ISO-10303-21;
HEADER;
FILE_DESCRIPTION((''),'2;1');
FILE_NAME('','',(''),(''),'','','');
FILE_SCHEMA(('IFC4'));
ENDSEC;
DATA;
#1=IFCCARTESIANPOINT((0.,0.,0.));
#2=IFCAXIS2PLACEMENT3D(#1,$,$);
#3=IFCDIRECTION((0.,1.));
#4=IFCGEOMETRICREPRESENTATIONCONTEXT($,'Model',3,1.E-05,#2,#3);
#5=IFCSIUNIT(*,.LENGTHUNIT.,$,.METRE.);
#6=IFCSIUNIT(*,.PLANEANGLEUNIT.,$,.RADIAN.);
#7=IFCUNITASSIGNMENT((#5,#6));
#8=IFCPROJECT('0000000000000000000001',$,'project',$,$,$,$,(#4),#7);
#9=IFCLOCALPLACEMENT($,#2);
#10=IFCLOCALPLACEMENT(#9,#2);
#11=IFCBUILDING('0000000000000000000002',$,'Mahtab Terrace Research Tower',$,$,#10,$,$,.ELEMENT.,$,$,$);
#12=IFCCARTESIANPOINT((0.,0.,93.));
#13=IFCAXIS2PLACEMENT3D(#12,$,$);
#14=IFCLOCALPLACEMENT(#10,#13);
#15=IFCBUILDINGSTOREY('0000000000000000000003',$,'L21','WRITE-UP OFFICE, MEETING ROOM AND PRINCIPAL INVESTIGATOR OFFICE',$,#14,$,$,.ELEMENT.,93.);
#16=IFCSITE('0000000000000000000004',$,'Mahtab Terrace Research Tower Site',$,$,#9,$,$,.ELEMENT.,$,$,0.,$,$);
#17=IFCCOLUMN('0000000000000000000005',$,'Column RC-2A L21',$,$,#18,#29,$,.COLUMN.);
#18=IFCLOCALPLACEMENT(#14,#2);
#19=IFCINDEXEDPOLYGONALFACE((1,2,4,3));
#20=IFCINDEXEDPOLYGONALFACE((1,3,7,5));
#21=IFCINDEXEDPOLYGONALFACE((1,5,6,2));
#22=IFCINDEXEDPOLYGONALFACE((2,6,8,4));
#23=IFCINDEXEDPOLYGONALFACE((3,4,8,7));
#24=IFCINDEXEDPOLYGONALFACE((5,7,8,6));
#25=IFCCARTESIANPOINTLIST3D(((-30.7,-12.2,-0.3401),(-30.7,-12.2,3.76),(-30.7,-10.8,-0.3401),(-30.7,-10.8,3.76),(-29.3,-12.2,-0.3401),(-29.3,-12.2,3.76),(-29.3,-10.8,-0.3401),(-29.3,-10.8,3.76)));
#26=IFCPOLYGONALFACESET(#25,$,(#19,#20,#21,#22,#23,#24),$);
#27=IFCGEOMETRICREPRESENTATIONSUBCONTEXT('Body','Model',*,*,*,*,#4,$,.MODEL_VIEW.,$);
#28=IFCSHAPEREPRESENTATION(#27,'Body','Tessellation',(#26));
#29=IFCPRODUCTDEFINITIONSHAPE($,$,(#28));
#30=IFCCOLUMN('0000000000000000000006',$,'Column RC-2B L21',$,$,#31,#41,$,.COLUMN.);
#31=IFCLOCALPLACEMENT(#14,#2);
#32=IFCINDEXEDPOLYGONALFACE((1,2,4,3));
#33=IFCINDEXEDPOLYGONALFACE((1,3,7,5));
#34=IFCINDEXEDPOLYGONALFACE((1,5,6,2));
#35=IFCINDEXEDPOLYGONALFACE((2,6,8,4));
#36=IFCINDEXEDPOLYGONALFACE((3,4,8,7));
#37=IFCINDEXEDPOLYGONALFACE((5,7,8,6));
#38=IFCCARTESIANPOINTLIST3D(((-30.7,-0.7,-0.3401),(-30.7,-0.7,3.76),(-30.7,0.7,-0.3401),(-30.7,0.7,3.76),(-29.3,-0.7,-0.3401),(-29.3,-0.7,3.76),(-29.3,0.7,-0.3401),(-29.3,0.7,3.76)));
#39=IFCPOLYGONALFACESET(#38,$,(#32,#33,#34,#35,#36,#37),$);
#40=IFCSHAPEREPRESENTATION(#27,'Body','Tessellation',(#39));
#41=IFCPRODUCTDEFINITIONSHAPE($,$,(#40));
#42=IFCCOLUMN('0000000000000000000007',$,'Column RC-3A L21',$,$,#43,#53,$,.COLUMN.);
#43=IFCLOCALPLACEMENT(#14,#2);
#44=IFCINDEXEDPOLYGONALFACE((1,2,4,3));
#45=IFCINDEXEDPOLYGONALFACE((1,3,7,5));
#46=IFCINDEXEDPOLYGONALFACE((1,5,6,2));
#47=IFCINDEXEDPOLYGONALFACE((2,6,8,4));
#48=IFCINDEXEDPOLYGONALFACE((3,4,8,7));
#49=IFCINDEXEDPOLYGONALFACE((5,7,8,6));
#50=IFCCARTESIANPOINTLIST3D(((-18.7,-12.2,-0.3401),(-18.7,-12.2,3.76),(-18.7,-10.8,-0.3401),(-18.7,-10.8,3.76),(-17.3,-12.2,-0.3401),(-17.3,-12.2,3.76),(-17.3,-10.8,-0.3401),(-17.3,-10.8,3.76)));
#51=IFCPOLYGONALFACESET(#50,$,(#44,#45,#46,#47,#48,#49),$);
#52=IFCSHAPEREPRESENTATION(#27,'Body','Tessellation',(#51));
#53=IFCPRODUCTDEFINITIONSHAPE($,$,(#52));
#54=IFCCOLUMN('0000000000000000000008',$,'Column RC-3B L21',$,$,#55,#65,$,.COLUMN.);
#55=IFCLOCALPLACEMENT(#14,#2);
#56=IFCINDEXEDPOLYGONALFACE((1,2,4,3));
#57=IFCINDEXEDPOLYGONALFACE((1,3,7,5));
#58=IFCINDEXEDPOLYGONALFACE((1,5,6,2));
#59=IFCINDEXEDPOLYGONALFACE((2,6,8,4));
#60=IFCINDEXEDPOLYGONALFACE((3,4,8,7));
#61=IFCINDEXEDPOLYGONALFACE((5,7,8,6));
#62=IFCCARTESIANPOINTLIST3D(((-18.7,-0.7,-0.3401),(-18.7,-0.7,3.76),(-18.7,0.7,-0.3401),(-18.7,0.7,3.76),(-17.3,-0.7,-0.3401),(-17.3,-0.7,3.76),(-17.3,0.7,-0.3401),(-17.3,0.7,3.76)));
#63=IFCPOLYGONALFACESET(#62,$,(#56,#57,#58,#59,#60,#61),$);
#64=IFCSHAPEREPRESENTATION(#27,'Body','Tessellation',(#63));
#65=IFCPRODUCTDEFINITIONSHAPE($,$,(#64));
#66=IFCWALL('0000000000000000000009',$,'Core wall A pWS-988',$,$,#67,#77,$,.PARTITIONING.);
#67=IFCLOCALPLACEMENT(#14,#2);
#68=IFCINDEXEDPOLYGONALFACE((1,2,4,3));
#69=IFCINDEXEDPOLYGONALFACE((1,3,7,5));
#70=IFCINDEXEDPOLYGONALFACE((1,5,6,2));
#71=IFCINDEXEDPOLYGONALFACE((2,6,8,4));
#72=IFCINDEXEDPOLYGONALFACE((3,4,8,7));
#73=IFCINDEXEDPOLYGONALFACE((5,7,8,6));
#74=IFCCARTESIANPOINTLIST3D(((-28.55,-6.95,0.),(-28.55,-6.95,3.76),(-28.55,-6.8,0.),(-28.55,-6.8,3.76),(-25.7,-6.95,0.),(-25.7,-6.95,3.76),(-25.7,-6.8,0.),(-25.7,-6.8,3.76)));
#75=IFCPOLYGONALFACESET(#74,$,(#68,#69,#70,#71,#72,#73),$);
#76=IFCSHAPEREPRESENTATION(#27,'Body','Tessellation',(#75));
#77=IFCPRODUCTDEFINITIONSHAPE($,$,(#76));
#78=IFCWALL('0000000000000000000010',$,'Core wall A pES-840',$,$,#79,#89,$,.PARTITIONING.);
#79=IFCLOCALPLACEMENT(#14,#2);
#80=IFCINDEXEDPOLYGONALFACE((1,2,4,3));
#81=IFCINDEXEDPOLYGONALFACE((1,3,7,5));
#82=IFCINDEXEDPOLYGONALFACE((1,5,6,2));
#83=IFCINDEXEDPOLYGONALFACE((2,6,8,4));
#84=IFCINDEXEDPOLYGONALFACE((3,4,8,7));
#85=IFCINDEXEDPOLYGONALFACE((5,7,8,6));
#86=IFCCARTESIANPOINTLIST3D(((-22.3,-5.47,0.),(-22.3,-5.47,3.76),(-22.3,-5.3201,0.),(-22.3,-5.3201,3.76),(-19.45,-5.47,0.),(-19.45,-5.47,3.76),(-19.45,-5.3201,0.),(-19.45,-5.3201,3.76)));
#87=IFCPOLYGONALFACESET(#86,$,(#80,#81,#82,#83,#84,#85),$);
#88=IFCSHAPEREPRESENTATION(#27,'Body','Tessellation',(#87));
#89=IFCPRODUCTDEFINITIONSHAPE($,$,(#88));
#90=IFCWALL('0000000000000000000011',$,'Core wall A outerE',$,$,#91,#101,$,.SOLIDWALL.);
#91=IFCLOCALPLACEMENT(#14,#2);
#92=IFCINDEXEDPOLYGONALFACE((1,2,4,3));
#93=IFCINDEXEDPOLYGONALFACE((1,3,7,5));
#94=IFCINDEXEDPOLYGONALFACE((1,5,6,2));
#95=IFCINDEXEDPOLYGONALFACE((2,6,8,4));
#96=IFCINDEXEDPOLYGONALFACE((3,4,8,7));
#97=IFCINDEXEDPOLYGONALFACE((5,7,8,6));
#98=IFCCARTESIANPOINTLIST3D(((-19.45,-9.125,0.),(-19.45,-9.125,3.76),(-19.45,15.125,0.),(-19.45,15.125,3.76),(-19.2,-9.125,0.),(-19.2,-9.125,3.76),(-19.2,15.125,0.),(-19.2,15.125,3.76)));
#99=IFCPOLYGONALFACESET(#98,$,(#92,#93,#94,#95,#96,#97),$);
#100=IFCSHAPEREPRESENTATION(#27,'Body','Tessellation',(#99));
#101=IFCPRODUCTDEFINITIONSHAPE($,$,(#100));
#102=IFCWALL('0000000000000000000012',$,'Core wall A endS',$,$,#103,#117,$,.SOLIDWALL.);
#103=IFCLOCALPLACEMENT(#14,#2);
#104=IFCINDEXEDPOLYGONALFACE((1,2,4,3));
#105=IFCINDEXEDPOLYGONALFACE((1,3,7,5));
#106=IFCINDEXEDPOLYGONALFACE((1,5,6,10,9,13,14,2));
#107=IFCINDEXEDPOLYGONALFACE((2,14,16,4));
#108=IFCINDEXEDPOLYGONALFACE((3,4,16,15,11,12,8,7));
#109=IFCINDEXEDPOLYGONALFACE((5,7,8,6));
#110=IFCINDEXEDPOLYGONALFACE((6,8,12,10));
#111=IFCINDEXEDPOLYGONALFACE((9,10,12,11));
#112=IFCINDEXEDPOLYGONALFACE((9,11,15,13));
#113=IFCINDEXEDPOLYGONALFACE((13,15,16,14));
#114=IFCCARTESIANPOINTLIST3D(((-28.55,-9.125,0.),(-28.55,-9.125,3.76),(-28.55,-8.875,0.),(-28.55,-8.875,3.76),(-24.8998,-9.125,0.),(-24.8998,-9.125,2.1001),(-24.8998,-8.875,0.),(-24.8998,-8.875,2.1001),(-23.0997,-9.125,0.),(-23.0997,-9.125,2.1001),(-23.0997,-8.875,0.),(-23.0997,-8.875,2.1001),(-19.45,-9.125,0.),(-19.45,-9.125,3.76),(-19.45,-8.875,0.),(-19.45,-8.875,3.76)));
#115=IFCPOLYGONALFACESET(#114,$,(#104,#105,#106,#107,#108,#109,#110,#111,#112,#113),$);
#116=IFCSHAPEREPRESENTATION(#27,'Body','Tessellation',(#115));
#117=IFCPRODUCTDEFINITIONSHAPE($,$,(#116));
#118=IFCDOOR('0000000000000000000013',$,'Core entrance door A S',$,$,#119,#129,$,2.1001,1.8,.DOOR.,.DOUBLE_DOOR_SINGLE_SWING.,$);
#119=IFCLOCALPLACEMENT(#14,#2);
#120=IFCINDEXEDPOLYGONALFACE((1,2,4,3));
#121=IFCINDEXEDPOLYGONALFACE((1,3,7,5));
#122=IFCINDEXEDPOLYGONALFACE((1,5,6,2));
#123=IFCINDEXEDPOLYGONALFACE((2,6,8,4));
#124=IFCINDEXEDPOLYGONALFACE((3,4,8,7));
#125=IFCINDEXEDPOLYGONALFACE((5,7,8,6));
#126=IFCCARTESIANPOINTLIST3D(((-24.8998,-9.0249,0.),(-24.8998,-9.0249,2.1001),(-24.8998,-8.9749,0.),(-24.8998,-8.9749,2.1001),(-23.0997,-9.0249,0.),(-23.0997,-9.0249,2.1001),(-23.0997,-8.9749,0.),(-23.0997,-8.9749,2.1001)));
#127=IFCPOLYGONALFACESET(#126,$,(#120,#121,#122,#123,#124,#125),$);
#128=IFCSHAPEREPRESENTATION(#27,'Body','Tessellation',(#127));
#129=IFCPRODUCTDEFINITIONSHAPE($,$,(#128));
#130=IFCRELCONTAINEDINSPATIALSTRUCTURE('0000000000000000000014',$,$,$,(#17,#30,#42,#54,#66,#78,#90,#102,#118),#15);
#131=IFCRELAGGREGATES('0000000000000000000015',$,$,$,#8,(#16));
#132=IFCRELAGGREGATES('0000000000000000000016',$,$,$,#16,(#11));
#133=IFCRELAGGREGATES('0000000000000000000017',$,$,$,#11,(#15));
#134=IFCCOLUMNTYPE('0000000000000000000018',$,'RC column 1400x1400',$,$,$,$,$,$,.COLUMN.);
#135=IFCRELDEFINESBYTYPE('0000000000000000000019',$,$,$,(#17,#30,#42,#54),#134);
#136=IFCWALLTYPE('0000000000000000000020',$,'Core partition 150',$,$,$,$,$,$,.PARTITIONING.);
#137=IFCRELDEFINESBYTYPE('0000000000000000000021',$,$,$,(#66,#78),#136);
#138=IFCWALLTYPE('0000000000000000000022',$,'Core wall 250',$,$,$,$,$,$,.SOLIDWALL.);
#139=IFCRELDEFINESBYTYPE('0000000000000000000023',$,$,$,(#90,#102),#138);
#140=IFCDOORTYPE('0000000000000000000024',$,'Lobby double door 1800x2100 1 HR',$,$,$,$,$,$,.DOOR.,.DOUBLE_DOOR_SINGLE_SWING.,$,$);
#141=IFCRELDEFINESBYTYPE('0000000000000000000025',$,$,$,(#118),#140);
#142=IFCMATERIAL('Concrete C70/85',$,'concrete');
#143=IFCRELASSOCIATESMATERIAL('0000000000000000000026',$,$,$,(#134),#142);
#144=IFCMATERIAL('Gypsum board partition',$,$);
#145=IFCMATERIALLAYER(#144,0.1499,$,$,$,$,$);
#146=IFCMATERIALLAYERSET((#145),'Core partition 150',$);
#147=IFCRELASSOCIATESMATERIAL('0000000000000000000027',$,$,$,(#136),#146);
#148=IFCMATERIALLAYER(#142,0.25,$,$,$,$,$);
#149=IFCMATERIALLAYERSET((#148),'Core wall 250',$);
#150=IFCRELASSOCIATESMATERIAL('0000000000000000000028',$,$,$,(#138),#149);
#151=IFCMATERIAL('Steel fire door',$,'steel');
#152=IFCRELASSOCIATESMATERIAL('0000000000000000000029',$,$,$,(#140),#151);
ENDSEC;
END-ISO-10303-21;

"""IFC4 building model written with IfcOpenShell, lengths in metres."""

from ifc_helpers import new_model, si_unit, direction, frame, frame_2d, origin, origin_2d, place, context, subcontext, project, spatial, rectangle, extrude, material, layer, layer_set, material_profile, profile_set, type_object, element, fill, save


model = new_model("IFC4")

# Units and contexts
model_context = context("Model", 3, precision=1e-05, world=origin(), true_north=direction((0.0, 1.0)))
body_context = subcontext(model_context, "Body", "Model", "MODEL_VIEW")
ifc_project = project(units=[si_unit("LENGTHUNIT", "METRE"), si_unit("PLANEANGLEUNIT", "RADIAN")], contexts=[model_context])

# Site, building, storey
site_placement = place(None, origin())
site = spatial("IfcSite", under=ifc_project, at=site_placement, Name="Mahtab Terrace Research Tower Site", CompositionType="ELEMENT", RefElevation=0.0)
building_placement = place(site_placement, origin())
building = spatial("IfcBuilding", under=site, at=building_placement, Name="Mahtab Terrace Research Tower", CompositionType="ELEMENT")
storey_placement = place(building_placement, frame((0.0, 0.0, 93.0)))
storey = spatial("IfcBuildingStorey", under=building, at=storey_placement, Name="L21", Description="WRITE-UP OFFICE, MEETING ROOM AND PRINCIPAL INVESTIGATOR OFFICE", CompositionType="ELEMENT", Elevation=93.0)

# Columns
ifc_material_1 = material(Name="Concrete C70/85", Category="concrete")
ifc_material_profile = material_profile(ifc_material_1, rectangle(XDim=1.3999, YDim=1.3999, at=origin_2d()), Name="RC column 1400x1400")
ifc_profile_set = profile_set([ifc_material_profile], Name="Concrete C70/85")
column_type = type_object("IfcColumnType", Name="RC column 1400x1400", PredefinedType="COLUMN", material=ifc_profile_set)
for number, where, z_axis, x_axis, name in (
    (1, (-30.0, -11.5, -0.3401), (0.0, 0.0, 1.0), (1.0, 0.0, 0.0), "Column RC-2A L21"),
    (2, (-30.0, 0.0, -0.3401), (0.0, 0.0, 1.0), (1.0, 0.0, 0.0), "Column RC-2B L21"),
    (3, (-18.0, -11.5, -0.3401), (0.0, 0.0, 1.0), (1.0, 0.0, 0.0), "Column RC-3A L21"),
    (4, (-18.0, 0.0, -0.3401), (0.0, 0.0, 1.0), (1.0, 0.0, 0.0), "Column RC-3B L21"),
):
    element("IfcColumn", number, at=place(storey_placement, frame(where, z_axis=z_axis, x_axis=x_axis)), inside=storey, type_object=column_type, Name=name, PredefinedType="COLUMN", context=body_context, shape_type="SweptSolid", body=[
        extrude(rectangle(XDim=1.3999, YDim=1.3999, at=origin_2d()), origin(), (0.0, 0.0, 1.0), 4.1001),
    ])

# Walls
ifc_material_2 = material(Name="Gypsum board partition")
ifc_layer_1 = layer(ifc_material_2, 0.1499)
ifc_layer_set_1 = layer_set([ifc_layer_1], Name="Core partition 150")
wall_type_1 = type_object("IfcWallType", Name="Core partition 150", PredefinedType="PARTITIONING", material=ifc_layer_set_1)
for number, where, z_axis, x_axis, name in (
    (5, (-28.55, -6.875, 0.0), (0.0, 0.0, 1.0), (1.0, 0.0, 0.0), "Core wall A pWS-988"),
    (6, (-22.3, -5.395, 0.0), (0.0, 0.0, 1.0), (1.0, 0.0, 0.0), "Core wall A pES-840"),
):
    element("IfcWall", number, at=place(storey_placement, frame(where, z_axis=z_axis, x_axis=x_axis)), inside=storey, type_object=wall_type_1, Name=name, PredefinedType="PARTITIONING", context=body_context, shape_type="SweptSolid", body=[
        extrude(rectangle(XDim=2.8501, YDim=0.1499, at=frame_2d((1.425, 0.0))), origin(), (0.0, 0.0, 1.0), 3.76),
    ])
ifc_layer_2 = layer(ifc_material_1, 0.25)
ifc_layer_set_2 = layer_set([ifc_layer_2], Name="Core wall 250")
wall_type_2 = type_object("IfcWallType", Name="Core wall 250", PredefinedType="SOLIDWALL", material=ifc_layer_set_2)
wall_1_placement = place(storey_placement, frame((-19.325, -9.125, 0.0), z_axis=(0.0, 0.0, 1.0), x_axis=(0.0, 1.0, 0.0)))
element("IfcWall", 7, at=wall_1_placement, inside=storey, type_object=wall_type_2, Name="Core wall A outerE", PredefinedType="SOLIDWALL", context=body_context, shape_type="SweptSolid", body=[
    extrude(rectangle(XDim=24.25, YDim=0.25, at=frame_2d((12.125, 0.0))), origin(), (0.0, 0.0, 1.0), 3.76),
])

# Wall, opening, door
wall_2_placement = place(storey_placement, frame((-19.45, -9.0, 0.0), z_axis=(0.0, 0.0, 1.0), x_axis=(-1.0, 0.0, 0.0)))
wall_2 = element("IfcWall", 8, at=wall_2_placement, inside=storey, type_object=wall_type_2, Name="Core wall A endS", PredefinedType="SOLIDWALL", context=body_context, shape_type="SweptSolid", body=[
    extrude(rectangle(XDim=9.1001, YDim=0.25, at=frame_2d((4.55, 0.0))), origin(), (0.0, 0.0, 1.0), 3.76),
])
opening_1_placement = place(wall_2_placement, frame((3.6499, 0.0, 0.0)))
opening_1 = element("IfcOpeningElement", 9, at=opening_1_placement, cuts=wall_2, PredefinedType="OPENING", context=body_context, shape_type="SweptSolid", body=[
    extrude(rectangle(XDim=1.8, YDim=2.1001, at=frame_2d((0.8999, 1.05))), frame((0.0, 0.135, 0.0), z_axis=(0.0, -1.0, 0.0), x_axis=(1.0, 0.0, 0.0)), (0.0, 0.0, 1.0), 0.27),
])
ifc_material_3 = material(Name="Steel fire door", Category="steel")
door_type_1 = type_object("IfcDoorType", Name="Lobby double door 1800x2100 1 HR", OperationType="DOUBLE_DOOR_SINGLE_SWING", PredefinedType="DOOR", material=ifc_material_3)
door_1_placement = place(opening_1_placement, origin())
door_1 = element("IfcDoor", 10, at=door_1_placement, inside=storey, type_object=door_type_1, Name="Core entrance door A S", OperationType="DOUBLE_DOOR_SINGLE_SWING", OverallHeight=2.1001, OverallWidth=1.8, PredefinedType="DOOR", context=body_context, shape_type="SweptSolid", body=[
    extrude(rectangle(XDim=1.8, YDim=2.1001, at=frame_2d((0.8999, 1.05))), frame((0.0, 0.0249, 0.0), z_axis=(0.0, -1.0, 0.0), x_axis=(1.0, 0.0, 0.0)), (0.0, 0.0, 1.0), 0.05),
])
fill(opening_1, door_1)

save(model, "model.ifc")
